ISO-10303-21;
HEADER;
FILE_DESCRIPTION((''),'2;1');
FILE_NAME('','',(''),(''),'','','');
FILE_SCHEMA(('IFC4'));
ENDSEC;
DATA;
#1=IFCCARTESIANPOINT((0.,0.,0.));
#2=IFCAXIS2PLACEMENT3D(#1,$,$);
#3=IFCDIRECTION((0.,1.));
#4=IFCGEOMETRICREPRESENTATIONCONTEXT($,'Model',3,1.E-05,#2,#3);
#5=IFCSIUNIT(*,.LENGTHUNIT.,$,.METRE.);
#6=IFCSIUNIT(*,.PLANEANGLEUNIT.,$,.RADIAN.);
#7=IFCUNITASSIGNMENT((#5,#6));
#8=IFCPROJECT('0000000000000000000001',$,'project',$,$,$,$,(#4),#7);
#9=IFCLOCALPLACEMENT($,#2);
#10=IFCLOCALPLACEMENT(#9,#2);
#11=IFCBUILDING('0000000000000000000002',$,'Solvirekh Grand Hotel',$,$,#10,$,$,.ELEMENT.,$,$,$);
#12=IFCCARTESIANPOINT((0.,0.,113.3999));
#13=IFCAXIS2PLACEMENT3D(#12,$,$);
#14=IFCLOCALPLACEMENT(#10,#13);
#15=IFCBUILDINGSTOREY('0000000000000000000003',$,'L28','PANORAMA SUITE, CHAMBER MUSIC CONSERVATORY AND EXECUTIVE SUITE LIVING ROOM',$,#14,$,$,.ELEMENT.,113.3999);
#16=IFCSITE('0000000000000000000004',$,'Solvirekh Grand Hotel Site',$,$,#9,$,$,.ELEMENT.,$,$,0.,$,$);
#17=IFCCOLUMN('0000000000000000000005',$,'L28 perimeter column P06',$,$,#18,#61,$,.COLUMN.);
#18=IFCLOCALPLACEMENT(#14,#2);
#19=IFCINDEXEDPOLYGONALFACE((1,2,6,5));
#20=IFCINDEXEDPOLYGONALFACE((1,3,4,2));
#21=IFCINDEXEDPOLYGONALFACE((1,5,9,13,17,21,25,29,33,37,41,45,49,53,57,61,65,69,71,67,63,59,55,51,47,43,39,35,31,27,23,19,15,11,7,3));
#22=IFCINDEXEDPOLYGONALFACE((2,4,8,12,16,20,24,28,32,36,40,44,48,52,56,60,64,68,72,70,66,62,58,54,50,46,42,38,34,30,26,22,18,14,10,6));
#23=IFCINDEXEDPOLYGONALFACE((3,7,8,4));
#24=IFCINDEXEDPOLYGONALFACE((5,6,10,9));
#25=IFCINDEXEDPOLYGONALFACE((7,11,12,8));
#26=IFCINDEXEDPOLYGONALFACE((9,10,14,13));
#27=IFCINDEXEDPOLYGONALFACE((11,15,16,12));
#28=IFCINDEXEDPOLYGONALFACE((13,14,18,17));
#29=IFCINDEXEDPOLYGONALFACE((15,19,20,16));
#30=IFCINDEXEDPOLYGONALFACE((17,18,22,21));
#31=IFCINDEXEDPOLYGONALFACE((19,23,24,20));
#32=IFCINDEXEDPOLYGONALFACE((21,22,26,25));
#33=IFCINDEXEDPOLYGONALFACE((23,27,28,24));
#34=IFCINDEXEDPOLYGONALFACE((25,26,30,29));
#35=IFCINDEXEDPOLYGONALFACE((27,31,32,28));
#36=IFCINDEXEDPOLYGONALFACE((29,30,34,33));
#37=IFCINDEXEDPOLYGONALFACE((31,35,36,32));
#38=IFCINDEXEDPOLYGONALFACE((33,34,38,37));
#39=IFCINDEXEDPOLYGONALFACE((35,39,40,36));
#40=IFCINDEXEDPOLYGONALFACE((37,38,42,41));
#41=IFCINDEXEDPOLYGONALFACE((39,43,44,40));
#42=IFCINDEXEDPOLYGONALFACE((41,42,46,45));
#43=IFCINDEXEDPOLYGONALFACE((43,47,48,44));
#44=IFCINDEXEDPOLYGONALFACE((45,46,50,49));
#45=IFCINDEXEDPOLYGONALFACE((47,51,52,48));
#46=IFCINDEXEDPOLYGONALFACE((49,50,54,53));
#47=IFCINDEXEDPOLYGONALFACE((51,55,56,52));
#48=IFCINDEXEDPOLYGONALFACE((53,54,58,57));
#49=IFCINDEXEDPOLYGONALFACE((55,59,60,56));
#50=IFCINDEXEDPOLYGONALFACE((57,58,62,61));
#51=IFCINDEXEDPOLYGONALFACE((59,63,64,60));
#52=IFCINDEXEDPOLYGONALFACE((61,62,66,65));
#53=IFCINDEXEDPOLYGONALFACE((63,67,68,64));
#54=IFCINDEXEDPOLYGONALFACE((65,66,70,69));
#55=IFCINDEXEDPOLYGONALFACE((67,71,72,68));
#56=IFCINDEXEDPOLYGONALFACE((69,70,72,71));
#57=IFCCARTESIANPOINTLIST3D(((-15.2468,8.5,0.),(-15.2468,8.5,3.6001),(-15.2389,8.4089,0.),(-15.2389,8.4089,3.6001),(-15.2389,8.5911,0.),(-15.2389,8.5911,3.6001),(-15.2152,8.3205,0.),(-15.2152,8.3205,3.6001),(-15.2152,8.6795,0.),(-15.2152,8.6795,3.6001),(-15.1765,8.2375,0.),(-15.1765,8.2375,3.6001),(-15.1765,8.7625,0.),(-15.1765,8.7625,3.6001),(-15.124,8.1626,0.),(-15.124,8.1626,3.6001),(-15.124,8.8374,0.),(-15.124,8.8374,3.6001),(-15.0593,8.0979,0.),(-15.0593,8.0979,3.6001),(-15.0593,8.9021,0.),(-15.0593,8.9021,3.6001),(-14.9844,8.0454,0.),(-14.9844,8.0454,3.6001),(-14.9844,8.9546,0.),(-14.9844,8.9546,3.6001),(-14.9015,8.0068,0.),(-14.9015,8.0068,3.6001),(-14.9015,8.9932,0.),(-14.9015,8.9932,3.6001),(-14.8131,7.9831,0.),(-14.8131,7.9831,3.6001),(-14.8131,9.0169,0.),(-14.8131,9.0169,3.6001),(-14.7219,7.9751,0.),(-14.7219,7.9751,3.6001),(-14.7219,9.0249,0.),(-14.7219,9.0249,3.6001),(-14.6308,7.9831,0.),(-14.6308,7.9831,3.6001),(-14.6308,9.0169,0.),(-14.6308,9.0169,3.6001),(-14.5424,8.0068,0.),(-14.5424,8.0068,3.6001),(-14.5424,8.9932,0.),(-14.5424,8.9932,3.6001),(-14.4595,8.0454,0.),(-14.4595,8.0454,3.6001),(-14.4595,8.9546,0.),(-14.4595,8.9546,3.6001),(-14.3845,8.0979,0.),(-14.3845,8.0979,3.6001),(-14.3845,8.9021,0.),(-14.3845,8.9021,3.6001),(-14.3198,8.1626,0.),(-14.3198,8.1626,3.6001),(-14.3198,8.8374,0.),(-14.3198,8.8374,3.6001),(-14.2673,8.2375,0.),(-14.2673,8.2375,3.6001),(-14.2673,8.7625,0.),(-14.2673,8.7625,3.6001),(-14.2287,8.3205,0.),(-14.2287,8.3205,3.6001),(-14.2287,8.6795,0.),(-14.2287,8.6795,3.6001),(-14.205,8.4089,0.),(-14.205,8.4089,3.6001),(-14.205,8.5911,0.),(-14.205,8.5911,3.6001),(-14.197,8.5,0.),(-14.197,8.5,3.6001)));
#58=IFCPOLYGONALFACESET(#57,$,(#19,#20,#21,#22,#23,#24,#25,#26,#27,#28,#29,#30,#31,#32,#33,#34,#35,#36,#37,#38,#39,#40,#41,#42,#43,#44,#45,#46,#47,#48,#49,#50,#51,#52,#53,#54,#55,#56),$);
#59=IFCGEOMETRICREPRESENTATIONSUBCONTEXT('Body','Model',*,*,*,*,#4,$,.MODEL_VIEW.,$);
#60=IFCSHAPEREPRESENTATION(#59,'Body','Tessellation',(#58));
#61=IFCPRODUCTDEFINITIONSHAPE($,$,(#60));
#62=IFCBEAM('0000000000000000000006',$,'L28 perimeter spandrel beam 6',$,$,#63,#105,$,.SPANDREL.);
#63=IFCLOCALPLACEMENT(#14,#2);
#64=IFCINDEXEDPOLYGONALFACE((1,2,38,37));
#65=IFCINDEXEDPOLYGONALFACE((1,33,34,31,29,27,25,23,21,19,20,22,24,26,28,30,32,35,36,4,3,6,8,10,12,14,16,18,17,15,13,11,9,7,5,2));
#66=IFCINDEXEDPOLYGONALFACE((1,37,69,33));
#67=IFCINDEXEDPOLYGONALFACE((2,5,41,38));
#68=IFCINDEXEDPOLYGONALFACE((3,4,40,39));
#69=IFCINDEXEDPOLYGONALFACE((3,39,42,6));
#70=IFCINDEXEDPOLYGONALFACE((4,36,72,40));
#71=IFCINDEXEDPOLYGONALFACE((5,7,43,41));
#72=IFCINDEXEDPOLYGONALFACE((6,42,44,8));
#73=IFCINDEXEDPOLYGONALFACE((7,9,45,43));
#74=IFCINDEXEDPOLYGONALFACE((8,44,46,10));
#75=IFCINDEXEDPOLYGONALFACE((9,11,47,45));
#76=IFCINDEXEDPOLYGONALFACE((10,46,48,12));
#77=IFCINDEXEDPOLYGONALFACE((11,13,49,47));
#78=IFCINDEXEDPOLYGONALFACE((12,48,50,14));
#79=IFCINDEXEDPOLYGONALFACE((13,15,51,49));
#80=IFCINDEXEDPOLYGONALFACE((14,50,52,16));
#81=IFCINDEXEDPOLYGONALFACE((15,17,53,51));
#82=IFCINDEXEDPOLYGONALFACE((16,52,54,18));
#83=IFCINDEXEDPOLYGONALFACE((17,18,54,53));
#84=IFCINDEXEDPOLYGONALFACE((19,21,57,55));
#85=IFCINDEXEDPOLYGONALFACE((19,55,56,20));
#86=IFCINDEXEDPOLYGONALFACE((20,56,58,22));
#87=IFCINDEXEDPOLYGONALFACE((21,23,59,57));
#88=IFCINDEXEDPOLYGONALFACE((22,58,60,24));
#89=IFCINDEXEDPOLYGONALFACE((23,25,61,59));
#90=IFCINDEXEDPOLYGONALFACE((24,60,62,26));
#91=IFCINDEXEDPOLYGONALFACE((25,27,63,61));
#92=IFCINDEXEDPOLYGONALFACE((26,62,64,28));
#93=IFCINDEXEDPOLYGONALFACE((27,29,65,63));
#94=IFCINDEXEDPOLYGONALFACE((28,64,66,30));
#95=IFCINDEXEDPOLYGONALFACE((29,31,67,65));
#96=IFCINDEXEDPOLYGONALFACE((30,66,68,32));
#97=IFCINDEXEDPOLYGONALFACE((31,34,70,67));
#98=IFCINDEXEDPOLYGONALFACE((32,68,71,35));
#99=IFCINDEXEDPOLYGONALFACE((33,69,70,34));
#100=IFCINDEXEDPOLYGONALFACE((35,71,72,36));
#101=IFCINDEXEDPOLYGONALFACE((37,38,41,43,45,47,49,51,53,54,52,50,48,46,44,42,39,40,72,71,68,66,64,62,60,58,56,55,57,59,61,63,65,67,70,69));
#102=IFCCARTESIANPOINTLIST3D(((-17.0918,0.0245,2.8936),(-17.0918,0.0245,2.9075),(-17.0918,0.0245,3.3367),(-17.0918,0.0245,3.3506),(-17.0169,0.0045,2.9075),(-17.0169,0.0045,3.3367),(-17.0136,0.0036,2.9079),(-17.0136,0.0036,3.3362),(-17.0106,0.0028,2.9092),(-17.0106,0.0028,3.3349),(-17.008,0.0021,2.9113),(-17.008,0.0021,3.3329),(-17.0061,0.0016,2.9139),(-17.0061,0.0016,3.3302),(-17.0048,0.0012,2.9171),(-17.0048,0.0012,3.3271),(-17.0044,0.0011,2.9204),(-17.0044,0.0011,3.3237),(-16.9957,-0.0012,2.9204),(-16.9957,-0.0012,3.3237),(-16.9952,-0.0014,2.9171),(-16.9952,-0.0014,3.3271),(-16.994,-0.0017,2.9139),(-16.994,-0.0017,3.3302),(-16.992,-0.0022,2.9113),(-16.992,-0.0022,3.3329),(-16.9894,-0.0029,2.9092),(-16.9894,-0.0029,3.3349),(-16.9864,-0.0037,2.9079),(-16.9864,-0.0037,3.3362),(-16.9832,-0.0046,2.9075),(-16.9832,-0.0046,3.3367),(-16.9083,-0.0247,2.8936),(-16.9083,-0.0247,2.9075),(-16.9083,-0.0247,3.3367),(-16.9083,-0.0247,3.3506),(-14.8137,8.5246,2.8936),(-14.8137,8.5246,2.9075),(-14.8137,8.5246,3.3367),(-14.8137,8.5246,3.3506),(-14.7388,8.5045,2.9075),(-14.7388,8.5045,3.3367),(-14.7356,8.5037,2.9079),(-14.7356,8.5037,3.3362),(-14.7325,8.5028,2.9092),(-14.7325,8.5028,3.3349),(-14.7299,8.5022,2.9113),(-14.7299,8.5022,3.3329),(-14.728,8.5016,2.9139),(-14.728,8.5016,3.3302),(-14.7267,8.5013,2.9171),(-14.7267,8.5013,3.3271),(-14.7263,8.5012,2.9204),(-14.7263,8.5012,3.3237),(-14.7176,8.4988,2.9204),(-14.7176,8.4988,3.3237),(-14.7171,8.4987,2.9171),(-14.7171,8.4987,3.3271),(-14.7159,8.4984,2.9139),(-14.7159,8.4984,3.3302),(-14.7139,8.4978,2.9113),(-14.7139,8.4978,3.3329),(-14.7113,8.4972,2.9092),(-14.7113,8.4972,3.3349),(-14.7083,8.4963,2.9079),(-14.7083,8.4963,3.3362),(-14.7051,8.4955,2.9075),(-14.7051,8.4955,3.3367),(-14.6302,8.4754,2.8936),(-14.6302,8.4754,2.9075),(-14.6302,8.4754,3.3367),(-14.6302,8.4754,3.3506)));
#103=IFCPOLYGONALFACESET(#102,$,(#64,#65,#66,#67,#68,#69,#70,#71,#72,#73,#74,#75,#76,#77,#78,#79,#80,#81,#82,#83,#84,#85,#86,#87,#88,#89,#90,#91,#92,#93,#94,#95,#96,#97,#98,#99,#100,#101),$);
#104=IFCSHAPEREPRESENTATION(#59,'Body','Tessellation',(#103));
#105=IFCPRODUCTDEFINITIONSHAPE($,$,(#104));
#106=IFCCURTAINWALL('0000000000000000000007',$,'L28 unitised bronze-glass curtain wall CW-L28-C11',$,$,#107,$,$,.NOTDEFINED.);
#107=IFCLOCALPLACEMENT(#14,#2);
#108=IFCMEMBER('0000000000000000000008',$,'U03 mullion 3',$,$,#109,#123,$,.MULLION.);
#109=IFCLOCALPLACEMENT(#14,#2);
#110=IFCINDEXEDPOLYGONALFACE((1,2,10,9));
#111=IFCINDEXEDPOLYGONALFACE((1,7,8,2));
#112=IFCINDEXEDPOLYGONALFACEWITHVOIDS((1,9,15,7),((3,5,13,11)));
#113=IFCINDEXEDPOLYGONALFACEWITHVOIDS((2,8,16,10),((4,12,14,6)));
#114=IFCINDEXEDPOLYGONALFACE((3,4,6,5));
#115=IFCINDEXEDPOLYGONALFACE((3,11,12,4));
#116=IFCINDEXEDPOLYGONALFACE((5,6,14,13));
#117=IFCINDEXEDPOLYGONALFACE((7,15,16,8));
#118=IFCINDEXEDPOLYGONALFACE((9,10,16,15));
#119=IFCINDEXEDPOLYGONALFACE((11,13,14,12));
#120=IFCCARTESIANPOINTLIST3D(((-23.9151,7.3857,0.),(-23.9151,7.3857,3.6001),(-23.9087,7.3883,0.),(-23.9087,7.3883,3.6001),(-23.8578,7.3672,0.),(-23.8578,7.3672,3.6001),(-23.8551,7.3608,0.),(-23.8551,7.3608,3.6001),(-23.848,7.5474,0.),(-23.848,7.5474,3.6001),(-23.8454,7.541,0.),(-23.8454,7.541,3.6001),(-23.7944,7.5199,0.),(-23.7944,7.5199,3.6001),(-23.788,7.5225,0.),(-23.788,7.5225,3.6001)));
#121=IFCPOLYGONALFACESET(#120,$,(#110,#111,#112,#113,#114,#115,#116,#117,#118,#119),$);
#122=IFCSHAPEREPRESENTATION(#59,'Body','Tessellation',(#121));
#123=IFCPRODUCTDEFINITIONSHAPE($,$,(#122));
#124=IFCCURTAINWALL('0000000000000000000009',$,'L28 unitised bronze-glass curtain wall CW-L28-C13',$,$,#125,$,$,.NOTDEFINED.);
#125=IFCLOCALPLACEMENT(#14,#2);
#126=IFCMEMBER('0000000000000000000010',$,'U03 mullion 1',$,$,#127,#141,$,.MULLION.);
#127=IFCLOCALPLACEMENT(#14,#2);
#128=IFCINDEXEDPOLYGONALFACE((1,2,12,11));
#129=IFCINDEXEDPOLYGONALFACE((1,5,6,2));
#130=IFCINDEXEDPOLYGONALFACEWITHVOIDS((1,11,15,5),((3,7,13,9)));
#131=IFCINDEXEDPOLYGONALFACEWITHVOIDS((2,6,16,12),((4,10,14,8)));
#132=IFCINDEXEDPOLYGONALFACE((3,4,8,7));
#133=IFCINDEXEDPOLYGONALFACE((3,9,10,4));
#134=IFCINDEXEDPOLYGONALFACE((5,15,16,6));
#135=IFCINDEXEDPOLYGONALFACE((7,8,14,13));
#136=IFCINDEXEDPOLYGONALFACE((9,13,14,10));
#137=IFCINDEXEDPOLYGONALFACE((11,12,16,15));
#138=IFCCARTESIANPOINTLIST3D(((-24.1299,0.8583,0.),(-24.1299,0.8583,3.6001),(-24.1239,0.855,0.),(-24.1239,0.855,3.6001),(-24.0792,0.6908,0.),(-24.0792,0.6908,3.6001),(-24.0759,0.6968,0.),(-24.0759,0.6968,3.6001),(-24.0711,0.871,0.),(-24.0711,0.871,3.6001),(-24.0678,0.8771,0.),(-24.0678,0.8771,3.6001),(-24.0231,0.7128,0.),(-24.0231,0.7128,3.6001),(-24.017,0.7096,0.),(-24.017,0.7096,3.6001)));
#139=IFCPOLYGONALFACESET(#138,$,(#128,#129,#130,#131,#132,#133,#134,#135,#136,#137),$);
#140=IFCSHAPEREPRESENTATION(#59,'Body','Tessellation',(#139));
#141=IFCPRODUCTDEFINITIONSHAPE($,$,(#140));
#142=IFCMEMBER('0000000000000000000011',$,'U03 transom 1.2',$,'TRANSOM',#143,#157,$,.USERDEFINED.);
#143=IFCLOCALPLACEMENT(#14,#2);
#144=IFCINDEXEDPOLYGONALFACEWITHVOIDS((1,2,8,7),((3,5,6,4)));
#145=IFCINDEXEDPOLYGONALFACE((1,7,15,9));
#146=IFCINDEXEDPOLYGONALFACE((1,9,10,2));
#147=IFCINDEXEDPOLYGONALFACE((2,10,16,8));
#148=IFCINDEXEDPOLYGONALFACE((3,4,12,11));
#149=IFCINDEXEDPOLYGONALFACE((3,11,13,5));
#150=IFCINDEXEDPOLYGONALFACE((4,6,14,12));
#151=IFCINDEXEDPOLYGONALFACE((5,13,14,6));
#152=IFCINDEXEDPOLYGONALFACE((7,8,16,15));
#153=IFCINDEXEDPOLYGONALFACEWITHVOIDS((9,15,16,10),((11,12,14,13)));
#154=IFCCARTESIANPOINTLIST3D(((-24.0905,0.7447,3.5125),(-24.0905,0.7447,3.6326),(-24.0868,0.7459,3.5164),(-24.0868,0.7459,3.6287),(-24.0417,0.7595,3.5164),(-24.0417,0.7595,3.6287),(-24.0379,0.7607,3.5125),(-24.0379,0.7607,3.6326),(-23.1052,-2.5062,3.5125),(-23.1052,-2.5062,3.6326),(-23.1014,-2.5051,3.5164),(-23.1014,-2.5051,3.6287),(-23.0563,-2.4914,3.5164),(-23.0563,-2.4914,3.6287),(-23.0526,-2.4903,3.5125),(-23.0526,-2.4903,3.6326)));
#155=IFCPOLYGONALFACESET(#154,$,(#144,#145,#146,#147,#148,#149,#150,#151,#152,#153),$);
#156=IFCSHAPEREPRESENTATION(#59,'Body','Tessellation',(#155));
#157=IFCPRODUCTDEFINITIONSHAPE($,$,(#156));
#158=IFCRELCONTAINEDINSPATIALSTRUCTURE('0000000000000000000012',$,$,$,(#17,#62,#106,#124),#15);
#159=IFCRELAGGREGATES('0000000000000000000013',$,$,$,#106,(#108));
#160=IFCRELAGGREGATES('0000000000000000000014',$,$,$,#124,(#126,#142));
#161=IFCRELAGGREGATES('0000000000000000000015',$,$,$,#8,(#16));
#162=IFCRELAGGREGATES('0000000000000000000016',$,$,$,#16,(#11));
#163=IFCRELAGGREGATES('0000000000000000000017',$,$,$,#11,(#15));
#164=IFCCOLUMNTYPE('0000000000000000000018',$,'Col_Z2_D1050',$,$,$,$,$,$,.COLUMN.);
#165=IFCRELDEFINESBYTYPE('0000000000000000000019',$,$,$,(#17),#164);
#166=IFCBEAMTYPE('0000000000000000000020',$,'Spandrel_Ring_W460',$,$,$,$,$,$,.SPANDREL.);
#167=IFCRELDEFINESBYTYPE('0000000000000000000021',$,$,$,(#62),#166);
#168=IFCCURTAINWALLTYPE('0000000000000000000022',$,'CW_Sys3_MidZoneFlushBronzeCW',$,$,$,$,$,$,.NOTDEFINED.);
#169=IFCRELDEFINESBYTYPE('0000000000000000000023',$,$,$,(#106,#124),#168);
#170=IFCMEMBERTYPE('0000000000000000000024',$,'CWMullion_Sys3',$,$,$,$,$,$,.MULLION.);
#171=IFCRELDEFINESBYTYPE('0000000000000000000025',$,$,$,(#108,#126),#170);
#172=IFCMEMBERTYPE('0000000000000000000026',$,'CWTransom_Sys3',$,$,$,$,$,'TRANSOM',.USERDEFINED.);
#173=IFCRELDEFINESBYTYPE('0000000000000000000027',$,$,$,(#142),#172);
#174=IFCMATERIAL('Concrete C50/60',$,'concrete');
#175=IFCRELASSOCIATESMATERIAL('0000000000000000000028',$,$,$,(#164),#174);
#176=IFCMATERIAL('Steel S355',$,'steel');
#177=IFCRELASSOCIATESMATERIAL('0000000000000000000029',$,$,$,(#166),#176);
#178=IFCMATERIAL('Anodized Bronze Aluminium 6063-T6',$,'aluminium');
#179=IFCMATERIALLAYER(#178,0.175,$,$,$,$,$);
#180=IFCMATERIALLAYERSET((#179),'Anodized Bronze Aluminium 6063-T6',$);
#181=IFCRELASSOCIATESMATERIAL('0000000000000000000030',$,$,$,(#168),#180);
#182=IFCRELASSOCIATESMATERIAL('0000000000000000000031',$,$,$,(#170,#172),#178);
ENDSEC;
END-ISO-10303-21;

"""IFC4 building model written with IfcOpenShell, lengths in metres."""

from ifc_helpers import new_model, si_unit, direction, frame, origin, origin_2d, place, context, subcontext, project, spatial, hollow_rectangle, circle, i_section, extrude, source, transform, mapped, material, layer, layer_set, material_profile, profile_set, type_object, element, aggregate, save


model = new_model("IFC4")

# Units and contexts
model_context = context("Model", 3, precision=1e-05, world=origin(), true_north=direction((0.0, 1.0)))
body_context = subcontext(model_context, "Body", "Model", "MODEL_VIEW")
ifc_project = project(units=[si_unit("LENGTHUNIT", "METRE"), si_unit("PLANEANGLEUNIT", "RADIAN")], contexts=[model_context])

# Site, building, storey
site_placement = place(None, origin())
site = spatial("IfcSite", under=ifc_project, at=site_placement, Name="Solvirekh Grand Hotel Site", CompositionType="ELEMENT", RefElevation=0.0)
building_placement = place(site_placement, origin())
building = spatial("IfcBuilding", under=site, at=building_placement, Name="Solvirekh Grand Hotel", CompositionType="ELEMENT")
storey_placement = place(building_placement, frame((0.0, 0.0, 113.3999)))
storey = spatial("IfcBuildingStorey", under=building, at=storey_placement, Name="L28", Description="PANORAMA SUITE, CHAMBER MUSIC CONSERVATORY AND EXECUTIVE SUITE LIVING ROOM", CompositionType="ELEMENT", Elevation=113.3999)

# Column
ifc_material_1 = material(Name="Concrete C50/60", Category="concrete")
ifc_material_profile_1 = material_profile(ifc_material_1, circle(Radius=0.5249, at=origin_2d()), Name="RC CIRC D1050")
ifc_profile_set_1 = profile_set([ifc_material_profile_1], Name="Concrete C50/60")
column_type = type_object("IfcColumnType", Name="Col_Z2_D1050", PredefinedType="COLUMN", material=ifc_profile_set_1)
column_placement = place(storey_placement, frame((-14.7219, 8.5, 0.0), z_axis=(0.0, 0.0, 1.0), x_axis=(1.0, 0.0, 0.0)))
element("IfcColumn", 1, at=column_placement, inside=storey, type_object=column_type, Name="L28 perimeter column P06", PredefinedType="COLUMN", context=body_context, shape_type="SweptSolid", body=[
    extrude(circle(Radius=0.5249, at=origin_2d()), origin(), (0.0, 0.0, 1.0), 3.6001),
])

# Beam
ifc_material_2 = material(Name="Steel S355", Category="steel")
ifc_material_profile_2 = material_profile(ifc_material_2, i_section(OverallWidth=0.1899, OverallDepth=0.457, WebThickness=0.009, FlangeThickness=0.0139, FilletRadius=0.0129, at=origin_2d()), Name="W460X74")
ifc_profile_set_2 = profile_set([ifc_material_profile_2], Name="Steel S355")
beam_type = type_object("IfcBeamType", Name="Spandrel_Ring_W460", PredefinedType="SPANDREL", material=ifc_profile_set_2)
beam_placement = place(storey_placement, frame((-14.7219, 8.5, 3.1221), z_axis=(-0.258873, -0.965911, 0.0), x_axis=(0.965911, -0.258873, 0.0)))
element("IfcBeam", 2, at=beam_placement, inside=storey, type_object=beam_type, Name="L28 perimeter spandrel beam 6", PredefinedType="SPANDREL", context=body_context, shape_type="SweptSolid", body=[
    extrude(i_section(OverallWidth=0.1899, OverallDepth=0.457, WebThickness=0.009, FlangeThickness=0.0139, FilletRadius=0.0129, at=origin_2d()), origin(), (0.0, 0.0, 1.0), 8.8),
])

# Curtain wall, member
ifc_material_3 = material(Name="Anodized Bronze Aluminium 6063-T6", Category="aluminium")
ifc_layer_1 = layer(ifc_material_3, 0.175)
ifc_layer_set_1 = layer_set([ifc_layer_1], Name="Anodized Bronze Aluminium 6063-T6")
curtain_wall_type = type_object("IfcCurtainWallType", Name="CW_Sys3_MidZoneFlushBronzeCW", PredefinedType="NOTDEFINED", material=ifc_layer_set_1)
curtain_wall_1_placement = place(storey_placement, origin())
curtain_wall_1 = element("IfcCurtainWall", 3, at=curtain_wall_1_placement, inside=storey, type_object=curtain_wall_type, Name="L28 unitised bronze-glass curtain wall CW-L28-C11", PredefinedType="NOTDEFINED")
ifc_material_profile_3 = material_profile(ifc_material_3, hollow_rectangle(XDim=0.0649, YDim=0.175, WallThickness=0.0049, at=origin_2d()), Name="ALU RHS 175X65X5")
ifc_profile_set_3 = profile_set([ifc_material_profile_3], Name="Anodized Bronze Aluminium 6063-T6")
member_type_1 = type_object("IfcMemberType", Name="CWMullion_Sys3", PredefinedType="MULLION", material=ifc_profile_set_3)
shared_shape_1 = source(origin(), body_context, "Body", "SweptSolid", [
    extrude(hollow_rectangle(XDim=0.0649, YDim=0.175, WallThickness=0.0049, at=origin_2d()), origin(), (0.0, 0.0, 1.0), 3.6001),
])
member_1_placement = place(storey_placement, frame((-23.8516, 7.4541, 0.0), z_axis=(0.0, 0.0, 1.0), x_axis=(0.923647, -0.383244, 0.0)))
member_1 = element("IfcMember", 4, at=member_1_placement, type_object=member_type_1, Name="U03 mullion 3", PredefinedType="MULLION", context=body_context, shape_type="MappedRepresentation", body=[
    mapped(shared_shape_1, transform((0.0, 0.0, 0.0), x_axis=(1.0, 0.0, 0.0), y_axis=(0.0, 1.0, 0.0), z_axis=(0.0, 0.0, 1.0), scale=1.0)),
])
aggregate(curtain_wall_1, [member_1])

# Curtain wall, members
curtain_wall_2_placement = place(storey_placement, origin())
curtain_wall_2 = element("IfcCurtainWall", 5, at=curtain_wall_2_placement, inside=storey, type_object=curtain_wall_type, Name="L28 unitised bronze-glass curtain wall CW-L28-C13", PredefinedType="NOTDEFINED")
member_2_placement = place(storey_placement, frame((-24.0735, 0.7839, 0.0), z_axis=(0.0, 0.0, 1.0), x_axis=(0.957023, 0.290011, 0.0)))
member_2 = element("IfcMember", 6, at=member_2_placement, type_object=member_type_1, Name="U03 mullion 1", PredefinedType="MULLION", context=body_context, shape_type="MappedRepresentation", body=[
    mapped(shared_shape_1, transform((0.0, 0.0, 0.0), x_axis=(1.0, 0.0, 0.0), y_axis=(0.0, 1.0, 0.0), z_axis=(0.0, 0.0, 1.0), scale=1.0)),
])
ifc_material_profile_4 = material_profile(ifc_material_3, hollow_rectangle(XDim=0.0549, YDim=0.1201, WallThickness=0.0039, at=origin_2d()), Name="ALU RHS 120X55X4")
ifc_profile_set_4 = profile_set([ifc_material_profile_4], Name="Anodized Bronze Aluminium 6063-T6")
member_type_2 = type_object("IfcMemberType", Name="CWTransom_Sys3", ElementType="TRANSOM", PredefinedType="USERDEFINED", material=ifc_profile_set_4)
shared_shape_2 = source(origin(), body_context, "Body", "SweptSolid", [
    extrude(hollow_rectangle(XDim=0.0549, YDim=0.1201, WallThickness=0.0039, at=origin_2d()), origin(), (0.0, 0.0, 1.0), 3.397),
])
member_3_placement = place(storey_placement, frame((-24.0642, 0.7527, 3.5725), z_axis=(0.290063, -0.957007, 0.0), x_axis=(0.957007, 0.290063, 0.0)))
member_3 = element("IfcMember", 7, at=member_3_placement, type_object=member_type_2, Name="U03 transom 1.2", ObjectType="TRANSOM", PredefinedType="USERDEFINED", context=body_context, shape_type="MappedRepresentation", body=[
    mapped(shared_shape_2, transform((0.0, 0.0, 0.0), x_axis=(1.0, 0.0, 0.0), y_axis=(0.0, 1.0, 0.0), z_axis=(0.0, 0.0, 1.0), scale=1.0)),
])
aggregate(curtain_wall_2, [member_2, member_3])

save(model, "model.ifc")
